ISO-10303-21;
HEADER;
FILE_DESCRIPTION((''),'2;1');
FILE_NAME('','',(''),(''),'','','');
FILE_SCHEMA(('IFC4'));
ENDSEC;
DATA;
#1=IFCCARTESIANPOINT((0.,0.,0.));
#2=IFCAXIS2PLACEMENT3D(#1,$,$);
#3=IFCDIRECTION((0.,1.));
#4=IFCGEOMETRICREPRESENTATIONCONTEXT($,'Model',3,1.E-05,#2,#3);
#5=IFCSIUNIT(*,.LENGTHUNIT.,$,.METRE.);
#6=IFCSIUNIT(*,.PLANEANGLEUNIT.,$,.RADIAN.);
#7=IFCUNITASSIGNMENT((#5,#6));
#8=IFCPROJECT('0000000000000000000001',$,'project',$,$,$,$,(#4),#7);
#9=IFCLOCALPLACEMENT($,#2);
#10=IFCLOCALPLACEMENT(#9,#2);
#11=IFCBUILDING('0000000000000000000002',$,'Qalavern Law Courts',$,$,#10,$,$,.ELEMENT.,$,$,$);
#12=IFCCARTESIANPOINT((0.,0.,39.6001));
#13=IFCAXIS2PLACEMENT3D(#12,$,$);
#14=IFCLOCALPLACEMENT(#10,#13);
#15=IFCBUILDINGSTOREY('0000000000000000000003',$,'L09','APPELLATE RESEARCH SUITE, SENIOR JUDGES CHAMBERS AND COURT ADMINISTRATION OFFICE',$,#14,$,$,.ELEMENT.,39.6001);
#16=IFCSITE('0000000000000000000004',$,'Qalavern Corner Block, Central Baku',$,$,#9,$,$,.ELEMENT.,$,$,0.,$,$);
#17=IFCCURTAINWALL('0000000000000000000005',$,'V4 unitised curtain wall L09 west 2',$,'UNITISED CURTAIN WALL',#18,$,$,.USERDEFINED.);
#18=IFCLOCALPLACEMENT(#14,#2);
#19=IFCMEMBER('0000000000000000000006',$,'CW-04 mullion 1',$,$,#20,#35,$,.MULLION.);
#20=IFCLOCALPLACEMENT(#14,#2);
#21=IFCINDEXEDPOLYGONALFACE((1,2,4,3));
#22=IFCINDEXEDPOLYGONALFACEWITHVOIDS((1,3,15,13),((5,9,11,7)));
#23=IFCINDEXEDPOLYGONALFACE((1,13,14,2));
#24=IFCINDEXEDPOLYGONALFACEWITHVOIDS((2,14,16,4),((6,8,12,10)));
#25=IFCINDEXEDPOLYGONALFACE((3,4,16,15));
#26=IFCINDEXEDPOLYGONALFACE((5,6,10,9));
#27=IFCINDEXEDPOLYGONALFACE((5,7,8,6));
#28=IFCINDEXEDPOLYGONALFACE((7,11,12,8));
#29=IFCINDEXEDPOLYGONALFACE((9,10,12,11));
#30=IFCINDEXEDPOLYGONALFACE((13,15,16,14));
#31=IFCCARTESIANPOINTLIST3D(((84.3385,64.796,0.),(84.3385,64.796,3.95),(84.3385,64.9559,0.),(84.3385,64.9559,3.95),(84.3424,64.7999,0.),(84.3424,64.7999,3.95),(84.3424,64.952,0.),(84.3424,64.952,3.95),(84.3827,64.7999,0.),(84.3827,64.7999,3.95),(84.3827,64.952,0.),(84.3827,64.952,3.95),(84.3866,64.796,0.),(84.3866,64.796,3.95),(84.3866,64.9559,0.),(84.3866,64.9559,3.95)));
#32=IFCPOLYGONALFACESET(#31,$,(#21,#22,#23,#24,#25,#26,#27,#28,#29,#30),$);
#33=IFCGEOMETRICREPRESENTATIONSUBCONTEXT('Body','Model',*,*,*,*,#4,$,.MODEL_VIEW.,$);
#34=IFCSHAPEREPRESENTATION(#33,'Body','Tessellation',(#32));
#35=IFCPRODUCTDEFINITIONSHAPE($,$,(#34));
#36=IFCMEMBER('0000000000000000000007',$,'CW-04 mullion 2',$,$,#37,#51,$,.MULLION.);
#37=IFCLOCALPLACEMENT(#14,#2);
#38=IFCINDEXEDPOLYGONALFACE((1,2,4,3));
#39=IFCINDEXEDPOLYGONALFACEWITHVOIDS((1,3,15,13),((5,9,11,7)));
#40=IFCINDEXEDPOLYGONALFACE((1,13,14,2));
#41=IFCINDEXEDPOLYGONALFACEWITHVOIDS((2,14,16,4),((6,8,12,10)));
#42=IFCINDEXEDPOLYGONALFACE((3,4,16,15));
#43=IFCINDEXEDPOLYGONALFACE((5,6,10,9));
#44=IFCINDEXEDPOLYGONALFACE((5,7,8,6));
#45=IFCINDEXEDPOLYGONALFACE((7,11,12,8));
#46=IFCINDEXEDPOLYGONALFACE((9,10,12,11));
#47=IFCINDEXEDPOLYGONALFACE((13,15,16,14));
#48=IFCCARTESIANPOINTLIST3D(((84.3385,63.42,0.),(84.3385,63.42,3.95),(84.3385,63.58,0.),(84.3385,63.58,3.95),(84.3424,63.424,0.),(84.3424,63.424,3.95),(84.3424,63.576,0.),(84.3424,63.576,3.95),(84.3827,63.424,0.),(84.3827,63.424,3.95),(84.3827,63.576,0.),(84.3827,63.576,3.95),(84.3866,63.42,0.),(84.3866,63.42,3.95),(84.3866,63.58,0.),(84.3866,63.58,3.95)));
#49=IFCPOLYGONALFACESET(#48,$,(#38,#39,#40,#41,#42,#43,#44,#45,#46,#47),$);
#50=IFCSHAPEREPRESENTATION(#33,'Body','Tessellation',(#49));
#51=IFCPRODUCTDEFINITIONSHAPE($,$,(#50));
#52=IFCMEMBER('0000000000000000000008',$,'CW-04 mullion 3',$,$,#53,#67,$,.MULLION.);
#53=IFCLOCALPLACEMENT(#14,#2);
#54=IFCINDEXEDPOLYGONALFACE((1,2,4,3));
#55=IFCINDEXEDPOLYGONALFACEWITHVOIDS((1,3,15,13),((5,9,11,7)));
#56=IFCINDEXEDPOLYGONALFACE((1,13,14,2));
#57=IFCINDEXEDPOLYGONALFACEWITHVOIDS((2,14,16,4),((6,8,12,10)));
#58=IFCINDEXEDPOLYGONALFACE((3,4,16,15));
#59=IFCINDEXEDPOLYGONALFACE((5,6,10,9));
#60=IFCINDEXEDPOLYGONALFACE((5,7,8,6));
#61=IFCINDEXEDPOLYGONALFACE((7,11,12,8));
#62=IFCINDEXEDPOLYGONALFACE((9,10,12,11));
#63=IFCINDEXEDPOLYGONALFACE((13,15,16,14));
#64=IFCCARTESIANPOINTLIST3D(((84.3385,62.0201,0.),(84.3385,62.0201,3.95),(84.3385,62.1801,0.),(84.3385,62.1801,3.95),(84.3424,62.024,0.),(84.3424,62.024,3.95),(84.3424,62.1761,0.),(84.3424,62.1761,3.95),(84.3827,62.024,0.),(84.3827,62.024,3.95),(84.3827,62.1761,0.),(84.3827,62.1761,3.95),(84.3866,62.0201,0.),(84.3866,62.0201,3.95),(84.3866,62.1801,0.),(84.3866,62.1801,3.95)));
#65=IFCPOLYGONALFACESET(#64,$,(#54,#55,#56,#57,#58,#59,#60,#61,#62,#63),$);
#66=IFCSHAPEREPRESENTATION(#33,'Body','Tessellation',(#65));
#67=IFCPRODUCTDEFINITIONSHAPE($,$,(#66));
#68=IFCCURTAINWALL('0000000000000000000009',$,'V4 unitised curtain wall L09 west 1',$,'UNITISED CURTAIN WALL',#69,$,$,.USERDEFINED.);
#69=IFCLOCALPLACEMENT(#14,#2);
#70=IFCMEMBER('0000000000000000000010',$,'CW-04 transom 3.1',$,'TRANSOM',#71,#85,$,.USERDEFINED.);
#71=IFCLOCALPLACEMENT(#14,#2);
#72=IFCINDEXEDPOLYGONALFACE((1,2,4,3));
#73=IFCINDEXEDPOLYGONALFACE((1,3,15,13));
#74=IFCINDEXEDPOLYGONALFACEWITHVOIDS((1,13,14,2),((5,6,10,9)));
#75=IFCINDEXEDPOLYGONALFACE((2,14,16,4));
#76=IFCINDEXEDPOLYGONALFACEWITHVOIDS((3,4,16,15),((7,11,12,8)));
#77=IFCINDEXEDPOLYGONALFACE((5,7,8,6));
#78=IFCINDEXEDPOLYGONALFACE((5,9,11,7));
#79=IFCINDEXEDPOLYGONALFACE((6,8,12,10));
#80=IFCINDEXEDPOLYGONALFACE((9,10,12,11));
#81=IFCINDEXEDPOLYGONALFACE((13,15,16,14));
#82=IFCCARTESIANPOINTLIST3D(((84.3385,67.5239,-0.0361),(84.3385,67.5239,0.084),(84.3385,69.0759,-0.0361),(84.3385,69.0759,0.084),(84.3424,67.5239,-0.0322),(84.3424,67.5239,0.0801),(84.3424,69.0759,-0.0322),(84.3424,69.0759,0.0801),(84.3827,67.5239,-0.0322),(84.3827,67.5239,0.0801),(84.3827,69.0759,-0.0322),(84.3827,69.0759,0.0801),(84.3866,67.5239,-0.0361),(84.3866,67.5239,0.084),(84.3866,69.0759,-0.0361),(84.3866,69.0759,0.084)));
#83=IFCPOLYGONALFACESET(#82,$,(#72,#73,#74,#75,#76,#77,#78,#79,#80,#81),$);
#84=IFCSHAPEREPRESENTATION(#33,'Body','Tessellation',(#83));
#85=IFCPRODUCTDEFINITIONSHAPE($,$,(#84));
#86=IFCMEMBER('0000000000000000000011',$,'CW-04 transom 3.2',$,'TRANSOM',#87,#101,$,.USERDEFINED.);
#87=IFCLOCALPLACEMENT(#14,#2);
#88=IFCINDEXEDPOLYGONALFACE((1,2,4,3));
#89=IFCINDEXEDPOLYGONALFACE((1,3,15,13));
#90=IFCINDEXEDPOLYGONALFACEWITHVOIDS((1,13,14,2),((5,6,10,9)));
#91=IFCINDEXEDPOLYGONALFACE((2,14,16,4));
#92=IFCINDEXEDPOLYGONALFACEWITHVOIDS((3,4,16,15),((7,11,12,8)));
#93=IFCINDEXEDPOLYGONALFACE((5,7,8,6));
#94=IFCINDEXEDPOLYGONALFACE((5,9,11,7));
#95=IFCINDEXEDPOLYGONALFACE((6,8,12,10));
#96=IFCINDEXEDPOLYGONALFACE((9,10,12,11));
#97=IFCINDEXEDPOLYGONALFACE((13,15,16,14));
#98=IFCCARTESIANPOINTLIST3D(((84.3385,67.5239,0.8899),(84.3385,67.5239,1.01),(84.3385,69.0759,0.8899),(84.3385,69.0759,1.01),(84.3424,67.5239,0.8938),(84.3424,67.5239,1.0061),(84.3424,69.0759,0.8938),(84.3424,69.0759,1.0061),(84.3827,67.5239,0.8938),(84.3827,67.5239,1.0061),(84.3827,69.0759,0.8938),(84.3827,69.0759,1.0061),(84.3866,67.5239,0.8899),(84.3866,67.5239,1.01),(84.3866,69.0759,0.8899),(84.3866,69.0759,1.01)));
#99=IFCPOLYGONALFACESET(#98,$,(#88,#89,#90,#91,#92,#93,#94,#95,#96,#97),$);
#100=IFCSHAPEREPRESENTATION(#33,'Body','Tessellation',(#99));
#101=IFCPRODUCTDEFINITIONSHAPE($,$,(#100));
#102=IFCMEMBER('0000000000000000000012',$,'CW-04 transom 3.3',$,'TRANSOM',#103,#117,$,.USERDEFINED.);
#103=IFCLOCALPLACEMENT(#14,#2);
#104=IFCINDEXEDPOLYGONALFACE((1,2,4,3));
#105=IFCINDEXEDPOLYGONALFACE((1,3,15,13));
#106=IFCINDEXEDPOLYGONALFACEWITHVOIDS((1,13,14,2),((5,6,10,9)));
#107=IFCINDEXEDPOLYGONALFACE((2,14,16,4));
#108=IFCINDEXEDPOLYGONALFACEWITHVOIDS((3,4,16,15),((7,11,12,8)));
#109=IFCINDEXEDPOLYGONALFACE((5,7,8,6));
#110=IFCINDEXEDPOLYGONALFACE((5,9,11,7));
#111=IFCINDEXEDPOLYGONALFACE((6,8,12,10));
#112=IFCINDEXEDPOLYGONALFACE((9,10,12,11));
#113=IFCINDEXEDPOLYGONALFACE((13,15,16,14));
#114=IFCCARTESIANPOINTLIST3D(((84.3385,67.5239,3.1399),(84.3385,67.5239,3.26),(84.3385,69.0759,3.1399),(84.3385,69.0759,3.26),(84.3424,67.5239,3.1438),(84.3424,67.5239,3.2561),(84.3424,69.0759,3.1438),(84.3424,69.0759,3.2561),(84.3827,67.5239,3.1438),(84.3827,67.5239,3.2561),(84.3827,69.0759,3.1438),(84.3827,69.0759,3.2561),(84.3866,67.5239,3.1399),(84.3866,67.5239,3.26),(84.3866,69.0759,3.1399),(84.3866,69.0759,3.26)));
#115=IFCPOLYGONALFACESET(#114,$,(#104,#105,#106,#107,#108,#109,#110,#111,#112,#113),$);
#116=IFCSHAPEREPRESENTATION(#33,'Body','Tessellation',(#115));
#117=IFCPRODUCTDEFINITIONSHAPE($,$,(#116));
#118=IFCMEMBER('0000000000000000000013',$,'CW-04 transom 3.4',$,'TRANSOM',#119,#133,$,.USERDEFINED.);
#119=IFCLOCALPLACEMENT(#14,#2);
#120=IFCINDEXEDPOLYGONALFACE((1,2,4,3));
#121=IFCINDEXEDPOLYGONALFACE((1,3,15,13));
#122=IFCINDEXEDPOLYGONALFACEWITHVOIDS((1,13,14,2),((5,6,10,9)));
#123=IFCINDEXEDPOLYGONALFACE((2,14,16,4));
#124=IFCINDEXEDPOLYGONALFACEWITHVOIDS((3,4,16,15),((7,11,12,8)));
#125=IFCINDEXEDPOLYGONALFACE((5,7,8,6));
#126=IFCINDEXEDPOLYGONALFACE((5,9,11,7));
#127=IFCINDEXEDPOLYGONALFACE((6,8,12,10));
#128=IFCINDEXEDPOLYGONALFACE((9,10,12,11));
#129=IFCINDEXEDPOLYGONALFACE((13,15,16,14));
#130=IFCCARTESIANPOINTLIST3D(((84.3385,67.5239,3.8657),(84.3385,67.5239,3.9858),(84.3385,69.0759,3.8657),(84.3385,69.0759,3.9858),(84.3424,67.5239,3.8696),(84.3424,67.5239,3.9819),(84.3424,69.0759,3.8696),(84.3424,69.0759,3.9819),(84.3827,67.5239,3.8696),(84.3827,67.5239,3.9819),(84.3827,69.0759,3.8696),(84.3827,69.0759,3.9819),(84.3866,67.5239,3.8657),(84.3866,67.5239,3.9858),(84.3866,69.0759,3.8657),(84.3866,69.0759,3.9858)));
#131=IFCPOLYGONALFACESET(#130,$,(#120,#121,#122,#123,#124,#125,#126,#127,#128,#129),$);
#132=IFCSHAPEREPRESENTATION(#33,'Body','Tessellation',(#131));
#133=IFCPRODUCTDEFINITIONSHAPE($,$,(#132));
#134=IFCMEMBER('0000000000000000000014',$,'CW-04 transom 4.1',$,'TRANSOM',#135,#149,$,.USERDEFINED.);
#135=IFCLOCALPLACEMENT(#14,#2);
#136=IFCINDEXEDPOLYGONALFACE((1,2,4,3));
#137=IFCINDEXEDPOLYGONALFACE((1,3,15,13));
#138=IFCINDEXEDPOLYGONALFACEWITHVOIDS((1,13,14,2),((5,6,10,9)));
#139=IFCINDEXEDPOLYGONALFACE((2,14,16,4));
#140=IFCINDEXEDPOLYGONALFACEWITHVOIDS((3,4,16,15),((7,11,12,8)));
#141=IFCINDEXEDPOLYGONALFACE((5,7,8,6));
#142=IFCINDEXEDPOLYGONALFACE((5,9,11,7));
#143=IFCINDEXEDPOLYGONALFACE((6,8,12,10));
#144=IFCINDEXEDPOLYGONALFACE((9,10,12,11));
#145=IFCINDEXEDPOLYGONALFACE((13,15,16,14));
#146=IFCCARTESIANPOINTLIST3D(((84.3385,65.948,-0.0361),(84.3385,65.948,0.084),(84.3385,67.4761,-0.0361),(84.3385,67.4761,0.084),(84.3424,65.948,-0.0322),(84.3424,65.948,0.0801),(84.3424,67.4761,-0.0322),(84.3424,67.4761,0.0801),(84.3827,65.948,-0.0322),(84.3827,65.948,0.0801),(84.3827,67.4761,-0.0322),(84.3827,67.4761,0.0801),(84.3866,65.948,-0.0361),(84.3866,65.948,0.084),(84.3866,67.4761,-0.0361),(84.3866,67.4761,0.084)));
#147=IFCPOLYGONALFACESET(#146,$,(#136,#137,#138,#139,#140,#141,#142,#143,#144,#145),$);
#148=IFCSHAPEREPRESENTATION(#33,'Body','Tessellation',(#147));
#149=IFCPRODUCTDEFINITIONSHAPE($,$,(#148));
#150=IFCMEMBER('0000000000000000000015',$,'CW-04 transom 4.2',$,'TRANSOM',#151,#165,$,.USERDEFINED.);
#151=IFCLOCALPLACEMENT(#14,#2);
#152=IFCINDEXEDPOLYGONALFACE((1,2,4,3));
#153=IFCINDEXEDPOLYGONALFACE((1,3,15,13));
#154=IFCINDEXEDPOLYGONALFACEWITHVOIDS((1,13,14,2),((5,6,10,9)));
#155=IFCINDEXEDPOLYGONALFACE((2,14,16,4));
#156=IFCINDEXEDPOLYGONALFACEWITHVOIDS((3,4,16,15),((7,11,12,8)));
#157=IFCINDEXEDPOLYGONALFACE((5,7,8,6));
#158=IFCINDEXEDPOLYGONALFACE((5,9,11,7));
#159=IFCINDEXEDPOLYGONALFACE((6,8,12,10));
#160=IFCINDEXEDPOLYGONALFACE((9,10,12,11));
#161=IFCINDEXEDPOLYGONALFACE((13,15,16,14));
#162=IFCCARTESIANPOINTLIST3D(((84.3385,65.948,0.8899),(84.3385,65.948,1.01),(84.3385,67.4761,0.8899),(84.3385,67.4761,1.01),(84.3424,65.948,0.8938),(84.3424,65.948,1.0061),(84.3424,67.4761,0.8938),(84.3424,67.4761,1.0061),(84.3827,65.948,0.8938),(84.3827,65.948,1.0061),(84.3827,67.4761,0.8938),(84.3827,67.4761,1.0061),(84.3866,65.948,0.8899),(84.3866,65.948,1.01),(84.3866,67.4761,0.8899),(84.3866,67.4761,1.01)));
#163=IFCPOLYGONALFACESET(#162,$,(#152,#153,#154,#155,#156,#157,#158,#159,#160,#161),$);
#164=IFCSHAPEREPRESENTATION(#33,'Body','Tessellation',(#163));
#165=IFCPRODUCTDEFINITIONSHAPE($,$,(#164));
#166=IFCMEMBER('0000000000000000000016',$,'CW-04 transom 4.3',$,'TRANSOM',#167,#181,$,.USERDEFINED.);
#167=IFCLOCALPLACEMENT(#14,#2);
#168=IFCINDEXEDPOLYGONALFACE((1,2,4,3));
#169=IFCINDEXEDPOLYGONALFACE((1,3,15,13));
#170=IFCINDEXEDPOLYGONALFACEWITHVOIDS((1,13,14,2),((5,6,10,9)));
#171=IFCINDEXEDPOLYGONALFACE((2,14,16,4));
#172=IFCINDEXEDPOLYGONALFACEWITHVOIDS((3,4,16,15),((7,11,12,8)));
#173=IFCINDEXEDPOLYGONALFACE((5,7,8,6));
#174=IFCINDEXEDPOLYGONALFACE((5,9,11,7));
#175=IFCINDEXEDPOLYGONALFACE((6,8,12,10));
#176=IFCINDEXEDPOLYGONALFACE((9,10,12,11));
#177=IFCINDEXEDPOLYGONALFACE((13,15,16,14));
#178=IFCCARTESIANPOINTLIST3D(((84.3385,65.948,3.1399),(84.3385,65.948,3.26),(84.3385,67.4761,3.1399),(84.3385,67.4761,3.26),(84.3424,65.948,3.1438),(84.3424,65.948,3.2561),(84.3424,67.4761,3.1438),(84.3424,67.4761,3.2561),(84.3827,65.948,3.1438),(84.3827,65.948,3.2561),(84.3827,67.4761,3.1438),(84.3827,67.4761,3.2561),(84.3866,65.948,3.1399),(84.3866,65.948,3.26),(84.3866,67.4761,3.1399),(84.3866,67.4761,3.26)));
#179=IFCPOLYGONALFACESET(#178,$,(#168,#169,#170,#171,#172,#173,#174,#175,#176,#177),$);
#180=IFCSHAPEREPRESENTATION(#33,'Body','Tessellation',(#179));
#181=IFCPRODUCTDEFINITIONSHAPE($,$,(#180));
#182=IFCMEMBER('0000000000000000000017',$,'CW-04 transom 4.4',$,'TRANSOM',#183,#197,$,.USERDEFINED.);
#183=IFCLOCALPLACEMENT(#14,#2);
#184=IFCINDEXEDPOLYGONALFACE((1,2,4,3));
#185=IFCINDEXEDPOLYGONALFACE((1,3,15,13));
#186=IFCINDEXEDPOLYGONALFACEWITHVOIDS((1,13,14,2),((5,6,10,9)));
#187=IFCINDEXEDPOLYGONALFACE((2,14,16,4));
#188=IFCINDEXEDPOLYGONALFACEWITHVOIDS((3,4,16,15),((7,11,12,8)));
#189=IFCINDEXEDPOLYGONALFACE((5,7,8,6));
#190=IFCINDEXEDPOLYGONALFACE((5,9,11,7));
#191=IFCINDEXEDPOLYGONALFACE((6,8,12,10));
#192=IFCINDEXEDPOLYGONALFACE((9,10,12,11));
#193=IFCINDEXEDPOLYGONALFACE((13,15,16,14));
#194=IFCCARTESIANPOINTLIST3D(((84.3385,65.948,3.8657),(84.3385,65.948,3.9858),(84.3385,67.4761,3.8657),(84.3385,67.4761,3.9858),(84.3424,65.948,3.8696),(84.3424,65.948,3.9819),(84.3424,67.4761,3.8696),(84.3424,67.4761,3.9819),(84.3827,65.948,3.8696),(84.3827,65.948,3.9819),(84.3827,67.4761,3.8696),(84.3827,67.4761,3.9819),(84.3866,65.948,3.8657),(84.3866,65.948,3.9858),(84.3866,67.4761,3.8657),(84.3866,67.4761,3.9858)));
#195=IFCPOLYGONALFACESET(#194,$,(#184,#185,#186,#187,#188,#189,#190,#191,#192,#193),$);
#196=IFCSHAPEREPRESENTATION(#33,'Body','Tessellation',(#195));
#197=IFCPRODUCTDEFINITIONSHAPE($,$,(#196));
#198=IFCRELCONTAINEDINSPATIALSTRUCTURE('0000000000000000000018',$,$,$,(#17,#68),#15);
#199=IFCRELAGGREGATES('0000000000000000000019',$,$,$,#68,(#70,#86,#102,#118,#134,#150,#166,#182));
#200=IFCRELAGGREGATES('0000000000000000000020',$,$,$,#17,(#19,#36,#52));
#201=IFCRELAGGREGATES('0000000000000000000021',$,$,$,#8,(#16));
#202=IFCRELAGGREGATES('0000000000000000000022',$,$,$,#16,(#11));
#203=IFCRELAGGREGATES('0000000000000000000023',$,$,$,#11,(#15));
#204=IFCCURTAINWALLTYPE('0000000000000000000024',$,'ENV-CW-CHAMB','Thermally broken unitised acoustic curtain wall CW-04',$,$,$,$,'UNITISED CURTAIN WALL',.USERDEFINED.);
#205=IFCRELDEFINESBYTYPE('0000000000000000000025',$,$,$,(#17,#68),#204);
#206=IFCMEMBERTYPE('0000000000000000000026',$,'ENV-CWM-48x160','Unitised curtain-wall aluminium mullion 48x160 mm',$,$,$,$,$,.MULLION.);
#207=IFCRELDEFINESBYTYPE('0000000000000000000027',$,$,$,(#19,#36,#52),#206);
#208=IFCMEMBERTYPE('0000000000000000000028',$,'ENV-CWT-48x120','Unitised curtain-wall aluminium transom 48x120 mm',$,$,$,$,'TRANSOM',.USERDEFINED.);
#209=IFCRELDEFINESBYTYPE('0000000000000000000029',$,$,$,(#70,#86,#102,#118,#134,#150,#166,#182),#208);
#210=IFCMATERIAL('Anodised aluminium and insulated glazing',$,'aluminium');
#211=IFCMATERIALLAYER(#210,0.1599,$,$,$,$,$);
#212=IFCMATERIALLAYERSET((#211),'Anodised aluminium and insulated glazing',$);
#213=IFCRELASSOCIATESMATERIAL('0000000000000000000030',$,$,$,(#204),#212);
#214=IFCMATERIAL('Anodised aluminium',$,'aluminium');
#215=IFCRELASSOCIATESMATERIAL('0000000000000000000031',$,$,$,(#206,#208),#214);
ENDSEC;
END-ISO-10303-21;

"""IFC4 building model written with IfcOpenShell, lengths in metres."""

from ifc_helpers import new_model, si_unit, direction, frame, origin, origin_2d, place, context, subcontext, project, spatial, hollow_rectangle, extrude, material, layer, layer_set, material_profile, profile_set, type_object, element, aggregate, save


model = new_model("IFC4")

# Units and contexts
model_context = context("Model", 3, precision=1e-05, world=origin(), true_north=direction((0.0, 1.0)))
body_context = subcontext(model_context, "Body", "Model", "MODEL_VIEW")
ifc_project = project(units=[si_unit("LENGTHUNIT", "METRE"), si_unit("PLANEANGLEUNIT", "RADIAN")], contexts=[model_context])

# Site, building, storey
site_placement = place(None, origin())
site = spatial("IfcSite", under=ifc_project, at=site_placement, Name="Qalavern Corner Block, Central Baku", CompositionType="ELEMENT", RefElevation=0.0)
building_placement = place(site_placement, origin())
building = spatial("IfcBuilding", under=site, at=building_placement, Name="Qalavern Law Courts", CompositionType="ELEMENT")
storey_placement = place(building_placement, frame((0.0, 0.0, 39.6001)))
storey = spatial("IfcBuildingStorey", under=building, at=storey_placement, Name="L09", Description="APPELLATE RESEARCH SUITE, SENIOR JUDGES CHAMBERS AND COURT ADMINISTRATION OFFICE", CompositionType="ELEMENT", Elevation=39.6001)

# Curtain walls, members
ifc_material_1 = material(Name="Anodised aluminium and insulated glazing", Category="aluminium")
ifc_layer_1 = layer(ifc_material_1, 0.1599)
ifc_layer_set_1 = layer_set([ifc_layer_1], Name="Anodised aluminium and insulated glazing")
curtain_wall_type = type_object("IfcCurtainWallType", Name="ENV-CW-CHAMB", Description="Thermally broken unitised acoustic curtain wall CW-04", ElementType="UNITISED CURTAIN WALL", PredefinedType="USERDEFINED", material=ifc_layer_set_1)
curtain_wall_1_placement = place(storey_placement, origin())
curtain_wall_1 = element("IfcCurtainWall", 1, at=curtain_wall_1_placement, inside=storey, type_object=curtain_wall_type, Name="V4 unitised curtain wall L09 west 2", ObjectType="UNITISED CURTAIN WALL", PredefinedType="USERDEFINED")
ifc_material_2 = material(Name="Anodised aluminium", Category="aluminium")
ifc_material_profile_1 = material_profile(ifc_material_2, hollow_rectangle(XDim=0.0481, YDim=0.1599, WallThickness=0.0039, at=origin_2d()), Name="ALU MULLION 48x160")
ifc_profile_set_1 = profile_set([ifc_material_profile_1], Name="Anodised aluminium")
member_type_1 = type_object("IfcMemberType", Name="ENV-CWM-48x160", Description="Unitised curtain-wall aluminium mullion 48x160 mm", PredefinedType="MULLION", material=ifc_profile_set_1)
member_1_placement = place(storey_placement, frame((84.3625, 64.876, 0.0), z_axis=(0.0, 0.0, 1.0), x_axis=(1.0, 0.0, 0.0)))
member_1 = element("IfcMember", 2, at=member_1_placement, type_object=member_type_1, Name="CW-04 mullion 1", PredefinedType="MULLION", context=body_context, shape_type="SweptSolid", body=[
    extrude(hollow_rectangle(XDim=0.0481, YDim=0.1599, WallThickness=0.0039, at=origin_2d()), origin(), (0.0, 0.0, 1.0), 3.95),
])
member_2_placement = place(storey_placement, frame((84.3625, 63.5, 0.0), z_axis=(0.0, 0.0, 1.0), x_axis=(1.0, 0.0, 0.0)))
member_2 = element("IfcMember", 3, at=member_2_placement, type_object=member_type_1, Name="CW-04 mullion 2", PredefinedType="MULLION", context=body_context, shape_type="SweptSolid", body=[
    extrude(hollow_rectangle(XDim=0.0481, YDim=0.1599, WallThickness=0.0039, at=origin_2d()), origin(), (0.0, 0.0, 1.0), 3.95),
])
member_3_placement = place(storey_placement, frame((84.3625, 62.1001, 0.0), z_axis=(0.0, 0.0, 1.0), x_axis=(1.0, 0.0, 0.0)))
member_3 = element("IfcMember", 4, at=member_3_placement, type_object=member_type_1, Name="CW-04 mullion 3", PredefinedType="MULLION", context=body_context, shape_type="SweptSolid", body=[
    extrude(hollow_rectangle(XDim=0.0481, YDim=0.1599, WallThickness=0.0039, at=origin_2d()), origin(), (0.0, 0.0, 1.0), 3.95),
])
curtain_wall_2_placement = place(storey_placement, origin())
curtain_wall_2 = element("IfcCurtainWall", 5, at=curtain_wall_2_placement, inside=storey, type_object=curtain_wall_type, Name="V4 unitised curtain wall L09 west 1", ObjectType="UNITISED CURTAIN WALL", PredefinedType="USERDEFINED")
ifc_material_profile_2 = material_profile(ifc_material_2, hollow_rectangle(XDim=0.0481, YDim=0.1201, WallThickness=0.0039, at=origin_2d()), Name="ALU TRANSOM 48x120")
ifc_profile_set_2 = profile_set([ifc_material_profile_2], Name="Anodised aluminium")
member_type_2 = type_object("IfcMemberType", Name="ENV-CWT-48x120", Description="Unitised curtain-wall aluminium transom 48x120 mm", ElementType="TRANSOM", PredefinedType="USERDEFINED", material=ifc_profile_set_2)
member_4_placement = place(storey_placement, frame((84.3625, 69.0759, 0.0239), z_axis=(0.0, -1.0, 0.0), x_axis=(1.0, 0.0, 0.0)))
member_4 = element("IfcMember", 6, at=member_4_placement, type_object=member_type_2, Name="CW-04 transom 3.1", ObjectType="TRANSOM", PredefinedType="USERDEFINED", context=body_context, shape_type="SweptSolid", body=[
    extrude(hollow_rectangle(XDim=0.0481, YDim=0.1201, WallThickness=0.0039, at=origin_2d()), origin(), (0.0, 0.0, 1.0), 1.552),
])
member_5_placement = place(storey_placement, frame((84.3625, 69.0759, 0.95), z_axis=(0.0, -1.0, 0.0), x_axis=(1.0, 0.0, 0.0)))
member_5 = element("IfcMember", 7, at=member_5_placement, type_object=member_type_2, Name="CW-04 transom 3.2", ObjectType="TRANSOM", PredefinedType="USERDEFINED", context=body_context, shape_type="SweptSolid", body=[
    extrude(hollow_rectangle(XDim=0.0481, YDim=0.1201, WallThickness=0.0039, at=origin_2d()), origin(), (0.0, 0.0, 1.0), 1.552),
])
member_6_placement = place(storey_placement, frame((84.3625, 69.0759, 3.2), z_axis=(0.0, -1.0, 0.0), x_axis=(1.0, 0.0, 0.0)))
member_6 = element("IfcMember", 8, at=member_6_placement, type_object=member_type_2, Name="CW-04 transom 3.3", ObjectType="TRANSOM", PredefinedType="USERDEFINED", context=body_context, shape_type="SweptSolid", body=[
    extrude(hollow_rectangle(XDim=0.0481, YDim=0.1201, WallThickness=0.0039, at=origin_2d()), origin(), (0.0, 0.0, 1.0), 1.552),
])
member_7_placement = place(storey_placement, frame((84.3625, 69.0759, 3.9258), z_axis=(0.0, -1.0, 0.0), x_axis=(1.0, 0.0, 0.0)))
member_7 = element("IfcMember", 9, at=member_7_placement, type_object=member_type_2, Name="CW-04 transom 3.4", ObjectType="TRANSOM", PredefinedType="USERDEFINED", context=body_context, shape_type="SweptSolid", body=[
    extrude(hollow_rectangle(XDim=0.0481, YDim=0.1201, WallThickness=0.0039, at=origin_2d()), origin(), (0.0, 0.0, 1.0), 1.552),
])
member_8_placement = place(storey_placement, frame((84.3625, 67.4761, 0.0239), z_axis=(0.0, -1.0, 0.0), x_axis=(1.0, 0.0, 0.0)))
member_8 = element("IfcMember", 10, at=member_8_placement, type_object=member_type_2, Name="CW-04 transom 4.1", ObjectType="TRANSOM", PredefinedType="USERDEFINED", context=body_context, shape_type="SweptSolid", body=[
    extrude(hollow_rectangle(XDim=0.0481, YDim=0.1201, WallThickness=0.0039, at=origin_2d()), origin(), (0.0, 0.0, 1.0), 1.5281),
])
member_9_placement = place(storey_placement, frame((84.3625, 67.4761, 0.95), z_axis=(0.0, -1.0, 0.0), x_axis=(1.0, 0.0, 0.0)))
member_9 = element("IfcMember", 11, at=member_9_placement, type_object=member_type_2, Name="CW-04 transom 4.2", ObjectType="TRANSOM", PredefinedType="USERDEFINED", context=body_context, shape_type="SweptSolid", body=[
    extrude(hollow_rectangle(XDim=0.0481, YDim=0.1201, WallThickness=0.0039, at=origin_2d()), origin(), (0.0, 0.0, 1.0), 1.5281),
])
member_10_placement = place(storey_placement, frame((84.3625, 67.4761, 3.2), z_axis=(0.0, -1.0, 0.0), x_axis=(1.0, 0.0, 0.0)))
member_10 = element("IfcMember", 12, at=member_10_placement, type_object=member_type_2, Name="CW-04 transom 4.3", ObjectType="TRANSOM", PredefinedType="USERDEFINED", context=body_context, shape_type="SweptSolid", body=[
    extrude(hollow_rectangle(XDim=0.0481, YDim=0.1201, WallThickness=0.0039, at=origin_2d()), origin(), (0.0, 0.0, 1.0), 1.5281),
])
member_11_placement = place(storey_placement, frame((84.3625, 67.4761, 3.9258), z_axis=(0.0, -1.0, 0.0), x_axis=(1.0, 0.0, 0.0)))
member_11 = element("IfcMember", 13, at=member_11_placement, type_object=member_type_2, Name="CW-04 transom 4.4", ObjectType="TRANSOM", PredefinedType="USERDEFINED", context=body_context, shape_type="SweptSolid", body=[
    extrude(hollow_rectangle(XDim=0.0481, YDim=0.1201, WallThickness=0.0039, at=origin_2d()), origin(), (0.0, 0.0, 1.0), 1.5281),
])

aggregate(curtain_wall_2, [member_4, member_5, member_6, member_7, member_8, member_9, member_10, member_11])
aggregate(curtain_wall_1, [member_1, member_2, member_3])

save(model, "model.ifc")
